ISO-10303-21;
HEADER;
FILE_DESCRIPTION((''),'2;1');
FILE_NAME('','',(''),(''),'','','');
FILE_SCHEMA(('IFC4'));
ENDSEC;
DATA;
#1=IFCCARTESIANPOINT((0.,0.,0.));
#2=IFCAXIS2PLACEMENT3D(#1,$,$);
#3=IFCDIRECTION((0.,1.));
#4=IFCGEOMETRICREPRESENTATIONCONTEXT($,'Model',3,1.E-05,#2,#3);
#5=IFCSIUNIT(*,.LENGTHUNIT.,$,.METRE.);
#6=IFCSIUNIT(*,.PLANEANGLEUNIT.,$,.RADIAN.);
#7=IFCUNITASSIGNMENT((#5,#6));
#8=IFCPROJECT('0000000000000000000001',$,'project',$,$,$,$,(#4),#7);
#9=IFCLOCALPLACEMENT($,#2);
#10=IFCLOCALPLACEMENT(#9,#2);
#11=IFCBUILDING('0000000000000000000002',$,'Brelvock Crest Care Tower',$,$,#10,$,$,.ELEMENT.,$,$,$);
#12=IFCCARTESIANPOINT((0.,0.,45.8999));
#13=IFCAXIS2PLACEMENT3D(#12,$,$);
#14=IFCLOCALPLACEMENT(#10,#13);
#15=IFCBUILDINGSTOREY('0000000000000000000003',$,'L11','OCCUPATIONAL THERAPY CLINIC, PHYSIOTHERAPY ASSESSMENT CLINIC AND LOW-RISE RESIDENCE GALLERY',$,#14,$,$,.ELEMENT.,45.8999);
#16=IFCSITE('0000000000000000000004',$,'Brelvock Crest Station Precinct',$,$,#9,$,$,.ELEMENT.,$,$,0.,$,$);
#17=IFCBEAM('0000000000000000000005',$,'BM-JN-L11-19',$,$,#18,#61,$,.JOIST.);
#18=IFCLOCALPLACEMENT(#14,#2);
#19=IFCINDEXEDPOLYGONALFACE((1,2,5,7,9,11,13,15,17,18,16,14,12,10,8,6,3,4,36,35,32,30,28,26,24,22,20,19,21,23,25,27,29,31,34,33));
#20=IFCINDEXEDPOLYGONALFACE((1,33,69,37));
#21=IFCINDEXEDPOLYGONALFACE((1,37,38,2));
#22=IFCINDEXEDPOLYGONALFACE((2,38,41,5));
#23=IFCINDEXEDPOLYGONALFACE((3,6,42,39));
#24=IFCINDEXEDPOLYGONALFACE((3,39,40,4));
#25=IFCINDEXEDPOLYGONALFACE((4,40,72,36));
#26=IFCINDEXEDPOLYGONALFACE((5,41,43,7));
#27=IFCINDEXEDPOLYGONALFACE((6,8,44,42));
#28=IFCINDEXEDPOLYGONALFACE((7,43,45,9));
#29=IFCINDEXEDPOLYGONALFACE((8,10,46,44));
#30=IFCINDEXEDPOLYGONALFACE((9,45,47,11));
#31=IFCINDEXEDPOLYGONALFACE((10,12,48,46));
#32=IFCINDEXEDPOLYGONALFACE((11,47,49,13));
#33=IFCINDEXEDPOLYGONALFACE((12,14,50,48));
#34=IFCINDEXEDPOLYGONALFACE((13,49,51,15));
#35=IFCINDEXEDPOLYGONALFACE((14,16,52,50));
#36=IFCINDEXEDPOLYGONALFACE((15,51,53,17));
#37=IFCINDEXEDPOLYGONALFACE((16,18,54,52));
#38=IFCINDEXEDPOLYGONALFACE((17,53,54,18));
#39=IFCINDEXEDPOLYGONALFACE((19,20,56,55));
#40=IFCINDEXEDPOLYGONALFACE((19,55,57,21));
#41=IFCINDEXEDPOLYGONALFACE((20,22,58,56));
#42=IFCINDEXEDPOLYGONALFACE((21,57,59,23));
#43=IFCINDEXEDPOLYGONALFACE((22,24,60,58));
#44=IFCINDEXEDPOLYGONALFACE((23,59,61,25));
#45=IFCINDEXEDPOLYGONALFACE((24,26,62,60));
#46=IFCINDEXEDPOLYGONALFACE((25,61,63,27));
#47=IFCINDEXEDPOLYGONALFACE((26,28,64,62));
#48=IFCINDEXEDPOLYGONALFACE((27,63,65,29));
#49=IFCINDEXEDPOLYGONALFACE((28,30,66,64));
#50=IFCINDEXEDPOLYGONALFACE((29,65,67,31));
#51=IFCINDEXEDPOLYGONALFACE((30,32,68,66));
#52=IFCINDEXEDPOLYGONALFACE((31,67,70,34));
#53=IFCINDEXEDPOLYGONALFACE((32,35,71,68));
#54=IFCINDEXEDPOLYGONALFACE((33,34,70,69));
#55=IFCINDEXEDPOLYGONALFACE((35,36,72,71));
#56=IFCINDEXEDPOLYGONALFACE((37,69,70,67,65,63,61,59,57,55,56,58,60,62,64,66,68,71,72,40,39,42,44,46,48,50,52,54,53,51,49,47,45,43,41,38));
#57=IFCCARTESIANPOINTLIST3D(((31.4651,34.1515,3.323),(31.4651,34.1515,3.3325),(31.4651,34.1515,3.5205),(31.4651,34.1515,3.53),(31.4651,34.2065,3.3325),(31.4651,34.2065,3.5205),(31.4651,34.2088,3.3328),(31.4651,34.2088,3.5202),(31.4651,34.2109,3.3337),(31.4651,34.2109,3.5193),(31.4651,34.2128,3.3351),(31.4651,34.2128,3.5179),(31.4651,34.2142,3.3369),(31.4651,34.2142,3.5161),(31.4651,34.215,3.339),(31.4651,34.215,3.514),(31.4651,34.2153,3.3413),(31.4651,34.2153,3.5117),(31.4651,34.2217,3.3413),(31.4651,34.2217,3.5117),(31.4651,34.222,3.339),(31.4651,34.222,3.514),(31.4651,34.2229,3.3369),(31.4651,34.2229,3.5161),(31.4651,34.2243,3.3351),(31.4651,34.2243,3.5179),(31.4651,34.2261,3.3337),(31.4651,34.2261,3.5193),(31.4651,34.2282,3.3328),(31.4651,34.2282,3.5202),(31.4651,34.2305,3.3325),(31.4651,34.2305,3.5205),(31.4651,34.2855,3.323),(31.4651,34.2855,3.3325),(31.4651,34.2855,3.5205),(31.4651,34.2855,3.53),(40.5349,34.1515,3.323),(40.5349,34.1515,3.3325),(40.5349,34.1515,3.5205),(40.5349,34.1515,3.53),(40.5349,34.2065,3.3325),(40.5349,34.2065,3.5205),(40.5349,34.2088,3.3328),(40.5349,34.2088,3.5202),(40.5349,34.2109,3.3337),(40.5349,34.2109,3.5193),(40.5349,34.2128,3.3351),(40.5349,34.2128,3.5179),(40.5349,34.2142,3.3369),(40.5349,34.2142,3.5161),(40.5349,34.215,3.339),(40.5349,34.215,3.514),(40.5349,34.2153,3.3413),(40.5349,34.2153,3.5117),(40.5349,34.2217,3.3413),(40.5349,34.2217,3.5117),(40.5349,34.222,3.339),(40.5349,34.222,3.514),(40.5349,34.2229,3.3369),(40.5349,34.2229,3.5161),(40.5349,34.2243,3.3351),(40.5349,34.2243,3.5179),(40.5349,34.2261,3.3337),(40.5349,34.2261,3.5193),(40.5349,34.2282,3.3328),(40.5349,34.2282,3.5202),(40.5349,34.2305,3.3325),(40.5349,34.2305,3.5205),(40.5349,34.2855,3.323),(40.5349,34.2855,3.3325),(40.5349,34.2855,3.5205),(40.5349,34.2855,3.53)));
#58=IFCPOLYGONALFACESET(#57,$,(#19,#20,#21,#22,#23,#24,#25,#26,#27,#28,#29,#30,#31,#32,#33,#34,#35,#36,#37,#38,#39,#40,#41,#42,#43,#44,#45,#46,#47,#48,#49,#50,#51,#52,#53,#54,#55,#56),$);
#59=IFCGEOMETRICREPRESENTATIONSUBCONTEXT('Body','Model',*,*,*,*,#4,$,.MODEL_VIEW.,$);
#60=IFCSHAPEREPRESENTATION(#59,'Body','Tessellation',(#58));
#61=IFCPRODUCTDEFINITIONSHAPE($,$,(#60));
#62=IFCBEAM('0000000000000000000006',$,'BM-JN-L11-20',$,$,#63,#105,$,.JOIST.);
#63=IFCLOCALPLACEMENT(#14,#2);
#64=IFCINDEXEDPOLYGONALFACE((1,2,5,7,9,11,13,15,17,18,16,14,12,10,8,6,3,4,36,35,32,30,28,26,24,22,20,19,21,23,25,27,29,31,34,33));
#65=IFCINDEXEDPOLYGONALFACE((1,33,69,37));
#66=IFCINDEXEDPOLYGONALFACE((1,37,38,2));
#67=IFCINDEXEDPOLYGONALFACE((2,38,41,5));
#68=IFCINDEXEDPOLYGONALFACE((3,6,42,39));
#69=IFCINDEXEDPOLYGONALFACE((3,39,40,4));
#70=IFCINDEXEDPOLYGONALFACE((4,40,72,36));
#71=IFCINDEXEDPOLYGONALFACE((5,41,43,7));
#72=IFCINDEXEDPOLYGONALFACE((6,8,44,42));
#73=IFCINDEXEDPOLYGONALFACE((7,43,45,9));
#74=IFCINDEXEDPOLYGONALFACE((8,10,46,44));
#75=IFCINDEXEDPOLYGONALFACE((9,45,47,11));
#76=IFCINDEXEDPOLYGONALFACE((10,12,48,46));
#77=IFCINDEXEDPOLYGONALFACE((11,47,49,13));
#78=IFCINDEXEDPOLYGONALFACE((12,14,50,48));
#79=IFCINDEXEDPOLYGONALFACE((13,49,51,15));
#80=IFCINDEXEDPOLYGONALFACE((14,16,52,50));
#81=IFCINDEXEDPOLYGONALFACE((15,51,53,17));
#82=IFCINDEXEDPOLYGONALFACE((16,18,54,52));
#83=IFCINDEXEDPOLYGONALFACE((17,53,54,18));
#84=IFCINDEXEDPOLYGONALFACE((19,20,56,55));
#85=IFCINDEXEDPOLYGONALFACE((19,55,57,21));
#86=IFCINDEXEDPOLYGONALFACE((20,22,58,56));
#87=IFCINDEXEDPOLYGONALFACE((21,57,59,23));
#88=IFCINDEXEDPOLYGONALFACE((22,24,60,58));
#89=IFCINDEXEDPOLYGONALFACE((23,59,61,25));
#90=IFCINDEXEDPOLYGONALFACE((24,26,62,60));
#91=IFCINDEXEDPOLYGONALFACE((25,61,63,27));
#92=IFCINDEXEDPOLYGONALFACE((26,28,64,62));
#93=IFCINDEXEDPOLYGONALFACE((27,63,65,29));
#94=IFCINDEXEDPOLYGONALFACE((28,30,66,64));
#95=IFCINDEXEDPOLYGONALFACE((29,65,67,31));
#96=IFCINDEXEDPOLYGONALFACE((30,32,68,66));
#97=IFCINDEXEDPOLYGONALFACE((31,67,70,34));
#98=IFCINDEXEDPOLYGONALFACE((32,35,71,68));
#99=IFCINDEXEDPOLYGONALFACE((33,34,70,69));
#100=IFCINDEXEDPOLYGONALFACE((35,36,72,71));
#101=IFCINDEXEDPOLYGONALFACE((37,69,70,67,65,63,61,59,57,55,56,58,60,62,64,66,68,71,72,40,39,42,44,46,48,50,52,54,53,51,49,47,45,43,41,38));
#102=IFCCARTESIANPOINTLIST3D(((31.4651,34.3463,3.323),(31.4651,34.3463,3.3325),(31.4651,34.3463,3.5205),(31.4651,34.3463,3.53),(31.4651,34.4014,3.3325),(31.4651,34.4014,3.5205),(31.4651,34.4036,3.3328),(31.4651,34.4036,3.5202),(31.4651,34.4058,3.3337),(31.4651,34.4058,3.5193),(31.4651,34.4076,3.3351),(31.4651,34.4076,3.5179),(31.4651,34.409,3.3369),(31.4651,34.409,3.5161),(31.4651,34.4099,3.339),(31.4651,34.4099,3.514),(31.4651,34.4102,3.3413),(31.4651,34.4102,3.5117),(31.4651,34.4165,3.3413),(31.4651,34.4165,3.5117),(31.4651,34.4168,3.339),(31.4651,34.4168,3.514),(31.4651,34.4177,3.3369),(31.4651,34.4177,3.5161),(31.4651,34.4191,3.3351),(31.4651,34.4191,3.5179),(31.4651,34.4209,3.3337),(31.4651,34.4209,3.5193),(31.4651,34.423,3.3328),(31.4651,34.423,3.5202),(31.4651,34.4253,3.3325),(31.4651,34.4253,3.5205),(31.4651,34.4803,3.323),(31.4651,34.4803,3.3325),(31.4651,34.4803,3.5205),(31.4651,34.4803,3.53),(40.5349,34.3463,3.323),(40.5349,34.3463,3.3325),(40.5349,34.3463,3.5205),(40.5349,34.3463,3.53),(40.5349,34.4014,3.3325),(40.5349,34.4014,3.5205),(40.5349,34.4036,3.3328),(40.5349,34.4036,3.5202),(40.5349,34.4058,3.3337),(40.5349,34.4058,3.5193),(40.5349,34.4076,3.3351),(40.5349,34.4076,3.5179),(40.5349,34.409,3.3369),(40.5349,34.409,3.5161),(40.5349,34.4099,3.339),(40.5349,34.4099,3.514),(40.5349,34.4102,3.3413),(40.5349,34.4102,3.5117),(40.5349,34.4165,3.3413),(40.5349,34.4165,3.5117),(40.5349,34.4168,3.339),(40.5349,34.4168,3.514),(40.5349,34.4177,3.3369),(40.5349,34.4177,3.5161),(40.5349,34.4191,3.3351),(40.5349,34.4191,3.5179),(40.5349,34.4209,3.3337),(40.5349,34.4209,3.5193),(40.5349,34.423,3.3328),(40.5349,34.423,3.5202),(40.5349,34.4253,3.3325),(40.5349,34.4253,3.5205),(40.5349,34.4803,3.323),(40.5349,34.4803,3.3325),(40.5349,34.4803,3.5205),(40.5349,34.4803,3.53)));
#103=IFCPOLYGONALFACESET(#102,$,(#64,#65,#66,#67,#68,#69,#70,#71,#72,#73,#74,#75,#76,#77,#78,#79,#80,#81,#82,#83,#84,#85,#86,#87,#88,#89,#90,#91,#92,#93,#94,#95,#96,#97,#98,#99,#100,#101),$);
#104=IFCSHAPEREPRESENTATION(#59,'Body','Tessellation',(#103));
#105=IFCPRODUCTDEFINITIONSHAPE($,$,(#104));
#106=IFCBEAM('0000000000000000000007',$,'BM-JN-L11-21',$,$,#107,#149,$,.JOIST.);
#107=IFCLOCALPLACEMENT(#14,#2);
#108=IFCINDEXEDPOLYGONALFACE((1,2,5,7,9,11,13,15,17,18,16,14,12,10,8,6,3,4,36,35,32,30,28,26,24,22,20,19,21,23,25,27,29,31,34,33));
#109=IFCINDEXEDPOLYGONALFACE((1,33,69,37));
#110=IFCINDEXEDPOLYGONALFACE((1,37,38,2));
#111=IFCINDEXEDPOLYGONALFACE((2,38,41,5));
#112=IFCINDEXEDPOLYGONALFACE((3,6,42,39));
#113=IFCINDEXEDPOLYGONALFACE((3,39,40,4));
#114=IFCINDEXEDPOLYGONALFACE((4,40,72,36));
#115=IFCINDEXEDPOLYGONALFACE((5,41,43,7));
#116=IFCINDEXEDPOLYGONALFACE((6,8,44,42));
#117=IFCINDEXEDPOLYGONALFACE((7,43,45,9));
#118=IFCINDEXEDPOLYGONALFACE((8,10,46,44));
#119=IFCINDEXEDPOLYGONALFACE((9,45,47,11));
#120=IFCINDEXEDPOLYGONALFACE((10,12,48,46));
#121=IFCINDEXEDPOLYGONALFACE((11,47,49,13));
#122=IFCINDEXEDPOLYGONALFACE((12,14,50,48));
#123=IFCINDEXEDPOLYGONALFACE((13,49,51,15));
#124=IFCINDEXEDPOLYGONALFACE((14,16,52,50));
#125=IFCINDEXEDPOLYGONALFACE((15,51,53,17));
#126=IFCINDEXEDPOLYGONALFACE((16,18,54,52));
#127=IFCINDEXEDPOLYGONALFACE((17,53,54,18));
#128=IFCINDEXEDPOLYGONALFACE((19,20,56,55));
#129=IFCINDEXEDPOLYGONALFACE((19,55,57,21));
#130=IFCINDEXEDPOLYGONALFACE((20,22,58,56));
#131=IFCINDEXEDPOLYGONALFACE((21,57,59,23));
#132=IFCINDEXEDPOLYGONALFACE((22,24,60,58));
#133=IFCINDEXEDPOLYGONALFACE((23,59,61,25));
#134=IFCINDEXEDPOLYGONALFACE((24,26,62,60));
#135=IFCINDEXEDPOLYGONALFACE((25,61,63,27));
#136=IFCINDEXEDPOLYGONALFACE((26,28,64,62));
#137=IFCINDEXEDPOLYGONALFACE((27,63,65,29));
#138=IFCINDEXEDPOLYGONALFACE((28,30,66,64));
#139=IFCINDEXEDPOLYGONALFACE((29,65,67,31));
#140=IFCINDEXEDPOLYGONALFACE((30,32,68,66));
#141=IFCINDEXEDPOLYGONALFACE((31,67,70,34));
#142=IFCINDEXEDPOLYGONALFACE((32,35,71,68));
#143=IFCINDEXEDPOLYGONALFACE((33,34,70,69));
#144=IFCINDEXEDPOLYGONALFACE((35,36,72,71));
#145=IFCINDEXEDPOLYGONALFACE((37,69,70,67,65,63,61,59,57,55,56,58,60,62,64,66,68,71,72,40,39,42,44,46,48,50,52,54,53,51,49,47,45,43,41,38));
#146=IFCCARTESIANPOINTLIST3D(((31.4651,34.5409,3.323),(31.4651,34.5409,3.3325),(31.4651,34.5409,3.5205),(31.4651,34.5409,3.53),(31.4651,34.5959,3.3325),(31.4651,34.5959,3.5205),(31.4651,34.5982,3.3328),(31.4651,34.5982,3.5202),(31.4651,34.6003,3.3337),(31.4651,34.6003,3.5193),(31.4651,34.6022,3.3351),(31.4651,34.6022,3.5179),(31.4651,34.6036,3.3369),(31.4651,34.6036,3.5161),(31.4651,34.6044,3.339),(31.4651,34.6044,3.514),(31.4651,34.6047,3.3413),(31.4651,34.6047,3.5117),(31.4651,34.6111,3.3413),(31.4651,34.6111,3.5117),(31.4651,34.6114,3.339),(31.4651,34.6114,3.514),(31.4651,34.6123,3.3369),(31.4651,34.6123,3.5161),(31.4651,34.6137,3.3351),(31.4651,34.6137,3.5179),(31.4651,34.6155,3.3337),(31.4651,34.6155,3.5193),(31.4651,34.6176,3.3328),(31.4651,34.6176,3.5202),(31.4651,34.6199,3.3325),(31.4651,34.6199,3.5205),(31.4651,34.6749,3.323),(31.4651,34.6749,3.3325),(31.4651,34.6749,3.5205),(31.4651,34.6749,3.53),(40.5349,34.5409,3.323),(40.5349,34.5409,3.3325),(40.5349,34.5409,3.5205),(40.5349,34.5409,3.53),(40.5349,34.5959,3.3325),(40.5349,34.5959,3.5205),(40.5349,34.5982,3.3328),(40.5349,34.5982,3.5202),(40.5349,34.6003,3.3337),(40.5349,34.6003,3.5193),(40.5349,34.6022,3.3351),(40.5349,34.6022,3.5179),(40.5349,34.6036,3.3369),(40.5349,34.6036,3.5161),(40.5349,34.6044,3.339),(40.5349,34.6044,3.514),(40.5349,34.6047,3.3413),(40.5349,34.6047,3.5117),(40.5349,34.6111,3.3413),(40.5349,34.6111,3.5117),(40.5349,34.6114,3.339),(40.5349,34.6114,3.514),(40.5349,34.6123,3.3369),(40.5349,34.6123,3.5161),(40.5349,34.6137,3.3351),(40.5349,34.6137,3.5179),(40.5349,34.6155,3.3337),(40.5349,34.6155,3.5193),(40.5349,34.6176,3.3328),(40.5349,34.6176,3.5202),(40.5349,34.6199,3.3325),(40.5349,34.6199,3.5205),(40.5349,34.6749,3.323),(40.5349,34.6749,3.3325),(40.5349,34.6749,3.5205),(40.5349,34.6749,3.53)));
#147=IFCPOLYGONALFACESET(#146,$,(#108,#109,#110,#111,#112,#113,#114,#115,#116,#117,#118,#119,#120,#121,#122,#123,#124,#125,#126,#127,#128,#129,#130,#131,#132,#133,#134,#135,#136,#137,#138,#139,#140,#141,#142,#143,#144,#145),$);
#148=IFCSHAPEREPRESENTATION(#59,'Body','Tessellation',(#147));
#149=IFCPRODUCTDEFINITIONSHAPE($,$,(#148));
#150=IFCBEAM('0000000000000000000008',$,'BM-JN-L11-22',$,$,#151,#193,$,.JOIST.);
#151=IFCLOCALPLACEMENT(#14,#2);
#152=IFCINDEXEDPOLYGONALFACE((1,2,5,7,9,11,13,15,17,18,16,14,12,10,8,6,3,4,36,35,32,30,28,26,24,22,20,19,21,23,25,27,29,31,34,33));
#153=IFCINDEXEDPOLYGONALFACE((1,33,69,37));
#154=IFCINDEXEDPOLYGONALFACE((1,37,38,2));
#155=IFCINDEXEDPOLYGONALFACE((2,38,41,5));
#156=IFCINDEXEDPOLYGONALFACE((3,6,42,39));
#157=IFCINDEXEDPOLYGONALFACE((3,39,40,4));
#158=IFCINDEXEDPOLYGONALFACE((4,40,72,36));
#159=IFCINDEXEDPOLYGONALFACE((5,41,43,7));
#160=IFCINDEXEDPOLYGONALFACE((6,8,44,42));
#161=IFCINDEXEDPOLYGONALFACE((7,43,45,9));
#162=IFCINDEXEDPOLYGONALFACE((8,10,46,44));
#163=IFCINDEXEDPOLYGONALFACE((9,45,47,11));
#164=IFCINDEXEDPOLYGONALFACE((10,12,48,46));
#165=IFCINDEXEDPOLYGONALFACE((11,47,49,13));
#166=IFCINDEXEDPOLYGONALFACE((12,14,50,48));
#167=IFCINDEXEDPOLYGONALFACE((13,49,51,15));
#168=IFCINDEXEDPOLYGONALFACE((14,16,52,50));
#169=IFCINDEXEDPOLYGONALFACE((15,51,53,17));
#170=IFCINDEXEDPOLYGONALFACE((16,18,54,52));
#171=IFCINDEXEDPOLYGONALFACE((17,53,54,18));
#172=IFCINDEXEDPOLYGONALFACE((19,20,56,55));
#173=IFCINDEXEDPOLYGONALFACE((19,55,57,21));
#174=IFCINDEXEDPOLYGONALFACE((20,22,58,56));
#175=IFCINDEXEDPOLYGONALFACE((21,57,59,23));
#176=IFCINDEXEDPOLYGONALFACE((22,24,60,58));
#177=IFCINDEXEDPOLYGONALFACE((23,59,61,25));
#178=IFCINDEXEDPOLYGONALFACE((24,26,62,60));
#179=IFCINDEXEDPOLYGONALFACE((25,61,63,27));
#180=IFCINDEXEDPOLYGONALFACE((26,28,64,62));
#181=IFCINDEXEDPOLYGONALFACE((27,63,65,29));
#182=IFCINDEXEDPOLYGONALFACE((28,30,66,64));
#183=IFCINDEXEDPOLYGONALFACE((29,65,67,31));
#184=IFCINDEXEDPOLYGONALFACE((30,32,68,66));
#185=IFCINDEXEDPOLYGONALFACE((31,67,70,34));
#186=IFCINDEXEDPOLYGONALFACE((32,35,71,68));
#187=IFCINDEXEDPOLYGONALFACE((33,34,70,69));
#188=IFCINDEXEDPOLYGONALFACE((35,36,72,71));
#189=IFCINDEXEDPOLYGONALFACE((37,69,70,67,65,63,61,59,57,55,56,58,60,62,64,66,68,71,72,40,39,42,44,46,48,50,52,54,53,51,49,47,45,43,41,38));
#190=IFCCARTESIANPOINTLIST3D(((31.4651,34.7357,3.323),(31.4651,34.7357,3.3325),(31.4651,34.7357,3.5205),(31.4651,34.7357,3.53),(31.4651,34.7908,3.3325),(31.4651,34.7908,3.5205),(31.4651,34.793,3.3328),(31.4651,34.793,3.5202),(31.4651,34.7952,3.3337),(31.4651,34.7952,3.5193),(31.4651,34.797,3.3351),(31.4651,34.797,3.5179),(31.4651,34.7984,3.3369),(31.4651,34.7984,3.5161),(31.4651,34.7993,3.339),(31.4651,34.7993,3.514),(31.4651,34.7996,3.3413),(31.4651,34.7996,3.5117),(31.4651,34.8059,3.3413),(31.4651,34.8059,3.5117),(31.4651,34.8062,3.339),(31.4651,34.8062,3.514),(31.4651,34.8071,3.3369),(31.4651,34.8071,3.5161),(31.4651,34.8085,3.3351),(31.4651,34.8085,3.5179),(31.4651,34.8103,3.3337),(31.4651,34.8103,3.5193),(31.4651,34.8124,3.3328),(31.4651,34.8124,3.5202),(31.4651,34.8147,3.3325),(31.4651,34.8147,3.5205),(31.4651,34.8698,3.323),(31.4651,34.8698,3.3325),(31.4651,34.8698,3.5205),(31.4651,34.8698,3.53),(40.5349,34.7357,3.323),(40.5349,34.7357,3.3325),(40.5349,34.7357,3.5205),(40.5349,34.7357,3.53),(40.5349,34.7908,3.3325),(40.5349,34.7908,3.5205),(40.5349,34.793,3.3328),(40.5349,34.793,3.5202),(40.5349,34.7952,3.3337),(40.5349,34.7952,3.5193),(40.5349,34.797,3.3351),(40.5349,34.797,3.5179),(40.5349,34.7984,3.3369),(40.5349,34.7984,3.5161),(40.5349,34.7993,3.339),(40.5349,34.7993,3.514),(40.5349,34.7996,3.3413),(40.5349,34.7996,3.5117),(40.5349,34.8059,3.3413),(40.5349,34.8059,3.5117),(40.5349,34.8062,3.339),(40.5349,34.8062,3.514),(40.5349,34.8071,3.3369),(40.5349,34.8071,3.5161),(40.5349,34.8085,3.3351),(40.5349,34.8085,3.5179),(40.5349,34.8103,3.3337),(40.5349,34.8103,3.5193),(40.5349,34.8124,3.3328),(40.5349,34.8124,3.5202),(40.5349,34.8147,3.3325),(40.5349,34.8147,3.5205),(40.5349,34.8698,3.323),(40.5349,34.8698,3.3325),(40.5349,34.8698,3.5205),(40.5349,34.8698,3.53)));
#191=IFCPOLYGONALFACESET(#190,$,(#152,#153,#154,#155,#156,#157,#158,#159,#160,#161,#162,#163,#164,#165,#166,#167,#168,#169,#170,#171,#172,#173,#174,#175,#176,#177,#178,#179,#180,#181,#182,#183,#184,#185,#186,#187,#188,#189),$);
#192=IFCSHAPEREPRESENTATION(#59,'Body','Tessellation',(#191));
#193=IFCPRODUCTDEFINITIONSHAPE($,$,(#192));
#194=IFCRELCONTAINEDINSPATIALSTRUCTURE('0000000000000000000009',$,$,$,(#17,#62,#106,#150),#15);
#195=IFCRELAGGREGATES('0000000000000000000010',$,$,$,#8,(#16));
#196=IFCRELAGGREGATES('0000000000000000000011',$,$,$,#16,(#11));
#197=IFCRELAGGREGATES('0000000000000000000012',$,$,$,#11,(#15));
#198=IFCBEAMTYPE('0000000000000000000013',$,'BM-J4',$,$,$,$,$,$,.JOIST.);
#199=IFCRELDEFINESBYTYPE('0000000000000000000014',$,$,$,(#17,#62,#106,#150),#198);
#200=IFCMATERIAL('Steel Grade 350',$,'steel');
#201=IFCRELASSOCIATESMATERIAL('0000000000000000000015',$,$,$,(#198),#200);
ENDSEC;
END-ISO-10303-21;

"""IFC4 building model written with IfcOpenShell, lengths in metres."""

from ifc_helpers import new_model, si_unit, direction, frame, origin, origin_2d, place, context, subcontext, project, spatial, i_section, extrude, source, transform, mapped, material, material_profile, profile_set, type_object, element, save


model = new_model("IFC4")

# Units and contexts
model_context = context("Model", 3, precision=1e-05, world=origin(), true_north=direction((0.0, 1.0)))
body_context = subcontext(model_context, "Body", "Model", "MODEL_VIEW")
ifc_project = project(units=[si_unit("LENGTHUNIT", "METRE"), si_unit("PLANEANGLEUNIT", "RADIAN")], contexts=[model_context])

# Site, building, storey
site_placement = place(None, origin())
site = spatial("IfcSite", under=ifc_project, at=site_placement, Name="Brelvock Crest Station Precinct", CompositionType="ELEMENT", RefElevation=0.0)
building_placement = place(site_placement, origin())
building = spatial("IfcBuilding", under=site, at=building_placement, Name="Brelvock Crest Care Tower", CompositionType="ELEMENT")
storey_placement = place(building_placement, frame((0.0, 0.0, 45.8999)))
storey = spatial("IfcBuildingStorey", under=building, at=storey_placement, Name="L11", Description="OCCUPATIONAL THERAPY CLINIC, PHYSIOTHERAPY ASSESSMENT CLINIC AND LOW-RISE RESIDENCE GALLERY", CompositionType="ELEMENT", Elevation=45.8999)

# Shared definitions
ifc_material_1 = material(Name="Steel Grade 350", Category="steel")

# Beams
ifc_material_profile_1 = material_profile(ifc_material_1, i_section(OverallWidth=0.134, OverallDepth=0.207, WebThickness=0.0063, FlangeThickness=0.0095, FilletRadius=0.0088, at=origin_2d()), Name="200UB29.8")
ifc_profile_set_1 = profile_set([ifc_material_profile_1], Name="Steel Grade 350")
beam_type_1 = type_object("IfcBeamType", Name="BM-J4", PredefinedType="JOIST", material=ifc_profile_set_1)
shared_shape_1 = source(origin(), body_context, "Body", "SweptSolid", [
    extrude(i_section(OverallWidth=0.134, OverallDepth=0.207, WebThickness=0.0063, FlangeThickness=0.0095, FilletRadius=0.0088, at=origin_2d()), origin(), (0.0, 0.0, 1.0), 9.0698),
])
for number, where, z_axis, x_axis, name in (
    (1, (31.4651, 34.2185, 3.4265), (1.0, 0.0, 0.0), (0.0, 1.0, 0.0), "BM-JN-L11-19"),
    (2, (31.4651, 34.4133, 3.4265), (1.0, 0.0, 0.0), (0.0, 1.0, 0.0), "BM-JN-L11-20"),
    (3, (31.4651, 34.6079, 3.4265), (1.0, 0.0, 0.0), (0.0, 1.0, 0.0), "BM-JN-L11-21"),
    (4, (31.4651, 34.8027, 3.4265), (1.0, 0.0, 0.0), (0.0, 1.0, 0.0), "BM-JN-L11-22"),
):
    element("IfcBeam", number, at=place(storey_placement, frame(where, z_axis=z_axis, x_axis=x_axis)), inside=storey, type_object=beam_type_1, Name=name, PredefinedType="JOIST", context=body_context, shape_type="MappedRepresentation", body=[
        mapped(shared_shape_1, transform((0.0, 0.0, 0.0), x_axis=(1.0, 0.0, 0.0), y_axis=(0.0, 1.0, 0.0), z_axis=(0.0, 0.0, 1.0), scale=1.0)),
    ])

save(model, "model.ifc")
